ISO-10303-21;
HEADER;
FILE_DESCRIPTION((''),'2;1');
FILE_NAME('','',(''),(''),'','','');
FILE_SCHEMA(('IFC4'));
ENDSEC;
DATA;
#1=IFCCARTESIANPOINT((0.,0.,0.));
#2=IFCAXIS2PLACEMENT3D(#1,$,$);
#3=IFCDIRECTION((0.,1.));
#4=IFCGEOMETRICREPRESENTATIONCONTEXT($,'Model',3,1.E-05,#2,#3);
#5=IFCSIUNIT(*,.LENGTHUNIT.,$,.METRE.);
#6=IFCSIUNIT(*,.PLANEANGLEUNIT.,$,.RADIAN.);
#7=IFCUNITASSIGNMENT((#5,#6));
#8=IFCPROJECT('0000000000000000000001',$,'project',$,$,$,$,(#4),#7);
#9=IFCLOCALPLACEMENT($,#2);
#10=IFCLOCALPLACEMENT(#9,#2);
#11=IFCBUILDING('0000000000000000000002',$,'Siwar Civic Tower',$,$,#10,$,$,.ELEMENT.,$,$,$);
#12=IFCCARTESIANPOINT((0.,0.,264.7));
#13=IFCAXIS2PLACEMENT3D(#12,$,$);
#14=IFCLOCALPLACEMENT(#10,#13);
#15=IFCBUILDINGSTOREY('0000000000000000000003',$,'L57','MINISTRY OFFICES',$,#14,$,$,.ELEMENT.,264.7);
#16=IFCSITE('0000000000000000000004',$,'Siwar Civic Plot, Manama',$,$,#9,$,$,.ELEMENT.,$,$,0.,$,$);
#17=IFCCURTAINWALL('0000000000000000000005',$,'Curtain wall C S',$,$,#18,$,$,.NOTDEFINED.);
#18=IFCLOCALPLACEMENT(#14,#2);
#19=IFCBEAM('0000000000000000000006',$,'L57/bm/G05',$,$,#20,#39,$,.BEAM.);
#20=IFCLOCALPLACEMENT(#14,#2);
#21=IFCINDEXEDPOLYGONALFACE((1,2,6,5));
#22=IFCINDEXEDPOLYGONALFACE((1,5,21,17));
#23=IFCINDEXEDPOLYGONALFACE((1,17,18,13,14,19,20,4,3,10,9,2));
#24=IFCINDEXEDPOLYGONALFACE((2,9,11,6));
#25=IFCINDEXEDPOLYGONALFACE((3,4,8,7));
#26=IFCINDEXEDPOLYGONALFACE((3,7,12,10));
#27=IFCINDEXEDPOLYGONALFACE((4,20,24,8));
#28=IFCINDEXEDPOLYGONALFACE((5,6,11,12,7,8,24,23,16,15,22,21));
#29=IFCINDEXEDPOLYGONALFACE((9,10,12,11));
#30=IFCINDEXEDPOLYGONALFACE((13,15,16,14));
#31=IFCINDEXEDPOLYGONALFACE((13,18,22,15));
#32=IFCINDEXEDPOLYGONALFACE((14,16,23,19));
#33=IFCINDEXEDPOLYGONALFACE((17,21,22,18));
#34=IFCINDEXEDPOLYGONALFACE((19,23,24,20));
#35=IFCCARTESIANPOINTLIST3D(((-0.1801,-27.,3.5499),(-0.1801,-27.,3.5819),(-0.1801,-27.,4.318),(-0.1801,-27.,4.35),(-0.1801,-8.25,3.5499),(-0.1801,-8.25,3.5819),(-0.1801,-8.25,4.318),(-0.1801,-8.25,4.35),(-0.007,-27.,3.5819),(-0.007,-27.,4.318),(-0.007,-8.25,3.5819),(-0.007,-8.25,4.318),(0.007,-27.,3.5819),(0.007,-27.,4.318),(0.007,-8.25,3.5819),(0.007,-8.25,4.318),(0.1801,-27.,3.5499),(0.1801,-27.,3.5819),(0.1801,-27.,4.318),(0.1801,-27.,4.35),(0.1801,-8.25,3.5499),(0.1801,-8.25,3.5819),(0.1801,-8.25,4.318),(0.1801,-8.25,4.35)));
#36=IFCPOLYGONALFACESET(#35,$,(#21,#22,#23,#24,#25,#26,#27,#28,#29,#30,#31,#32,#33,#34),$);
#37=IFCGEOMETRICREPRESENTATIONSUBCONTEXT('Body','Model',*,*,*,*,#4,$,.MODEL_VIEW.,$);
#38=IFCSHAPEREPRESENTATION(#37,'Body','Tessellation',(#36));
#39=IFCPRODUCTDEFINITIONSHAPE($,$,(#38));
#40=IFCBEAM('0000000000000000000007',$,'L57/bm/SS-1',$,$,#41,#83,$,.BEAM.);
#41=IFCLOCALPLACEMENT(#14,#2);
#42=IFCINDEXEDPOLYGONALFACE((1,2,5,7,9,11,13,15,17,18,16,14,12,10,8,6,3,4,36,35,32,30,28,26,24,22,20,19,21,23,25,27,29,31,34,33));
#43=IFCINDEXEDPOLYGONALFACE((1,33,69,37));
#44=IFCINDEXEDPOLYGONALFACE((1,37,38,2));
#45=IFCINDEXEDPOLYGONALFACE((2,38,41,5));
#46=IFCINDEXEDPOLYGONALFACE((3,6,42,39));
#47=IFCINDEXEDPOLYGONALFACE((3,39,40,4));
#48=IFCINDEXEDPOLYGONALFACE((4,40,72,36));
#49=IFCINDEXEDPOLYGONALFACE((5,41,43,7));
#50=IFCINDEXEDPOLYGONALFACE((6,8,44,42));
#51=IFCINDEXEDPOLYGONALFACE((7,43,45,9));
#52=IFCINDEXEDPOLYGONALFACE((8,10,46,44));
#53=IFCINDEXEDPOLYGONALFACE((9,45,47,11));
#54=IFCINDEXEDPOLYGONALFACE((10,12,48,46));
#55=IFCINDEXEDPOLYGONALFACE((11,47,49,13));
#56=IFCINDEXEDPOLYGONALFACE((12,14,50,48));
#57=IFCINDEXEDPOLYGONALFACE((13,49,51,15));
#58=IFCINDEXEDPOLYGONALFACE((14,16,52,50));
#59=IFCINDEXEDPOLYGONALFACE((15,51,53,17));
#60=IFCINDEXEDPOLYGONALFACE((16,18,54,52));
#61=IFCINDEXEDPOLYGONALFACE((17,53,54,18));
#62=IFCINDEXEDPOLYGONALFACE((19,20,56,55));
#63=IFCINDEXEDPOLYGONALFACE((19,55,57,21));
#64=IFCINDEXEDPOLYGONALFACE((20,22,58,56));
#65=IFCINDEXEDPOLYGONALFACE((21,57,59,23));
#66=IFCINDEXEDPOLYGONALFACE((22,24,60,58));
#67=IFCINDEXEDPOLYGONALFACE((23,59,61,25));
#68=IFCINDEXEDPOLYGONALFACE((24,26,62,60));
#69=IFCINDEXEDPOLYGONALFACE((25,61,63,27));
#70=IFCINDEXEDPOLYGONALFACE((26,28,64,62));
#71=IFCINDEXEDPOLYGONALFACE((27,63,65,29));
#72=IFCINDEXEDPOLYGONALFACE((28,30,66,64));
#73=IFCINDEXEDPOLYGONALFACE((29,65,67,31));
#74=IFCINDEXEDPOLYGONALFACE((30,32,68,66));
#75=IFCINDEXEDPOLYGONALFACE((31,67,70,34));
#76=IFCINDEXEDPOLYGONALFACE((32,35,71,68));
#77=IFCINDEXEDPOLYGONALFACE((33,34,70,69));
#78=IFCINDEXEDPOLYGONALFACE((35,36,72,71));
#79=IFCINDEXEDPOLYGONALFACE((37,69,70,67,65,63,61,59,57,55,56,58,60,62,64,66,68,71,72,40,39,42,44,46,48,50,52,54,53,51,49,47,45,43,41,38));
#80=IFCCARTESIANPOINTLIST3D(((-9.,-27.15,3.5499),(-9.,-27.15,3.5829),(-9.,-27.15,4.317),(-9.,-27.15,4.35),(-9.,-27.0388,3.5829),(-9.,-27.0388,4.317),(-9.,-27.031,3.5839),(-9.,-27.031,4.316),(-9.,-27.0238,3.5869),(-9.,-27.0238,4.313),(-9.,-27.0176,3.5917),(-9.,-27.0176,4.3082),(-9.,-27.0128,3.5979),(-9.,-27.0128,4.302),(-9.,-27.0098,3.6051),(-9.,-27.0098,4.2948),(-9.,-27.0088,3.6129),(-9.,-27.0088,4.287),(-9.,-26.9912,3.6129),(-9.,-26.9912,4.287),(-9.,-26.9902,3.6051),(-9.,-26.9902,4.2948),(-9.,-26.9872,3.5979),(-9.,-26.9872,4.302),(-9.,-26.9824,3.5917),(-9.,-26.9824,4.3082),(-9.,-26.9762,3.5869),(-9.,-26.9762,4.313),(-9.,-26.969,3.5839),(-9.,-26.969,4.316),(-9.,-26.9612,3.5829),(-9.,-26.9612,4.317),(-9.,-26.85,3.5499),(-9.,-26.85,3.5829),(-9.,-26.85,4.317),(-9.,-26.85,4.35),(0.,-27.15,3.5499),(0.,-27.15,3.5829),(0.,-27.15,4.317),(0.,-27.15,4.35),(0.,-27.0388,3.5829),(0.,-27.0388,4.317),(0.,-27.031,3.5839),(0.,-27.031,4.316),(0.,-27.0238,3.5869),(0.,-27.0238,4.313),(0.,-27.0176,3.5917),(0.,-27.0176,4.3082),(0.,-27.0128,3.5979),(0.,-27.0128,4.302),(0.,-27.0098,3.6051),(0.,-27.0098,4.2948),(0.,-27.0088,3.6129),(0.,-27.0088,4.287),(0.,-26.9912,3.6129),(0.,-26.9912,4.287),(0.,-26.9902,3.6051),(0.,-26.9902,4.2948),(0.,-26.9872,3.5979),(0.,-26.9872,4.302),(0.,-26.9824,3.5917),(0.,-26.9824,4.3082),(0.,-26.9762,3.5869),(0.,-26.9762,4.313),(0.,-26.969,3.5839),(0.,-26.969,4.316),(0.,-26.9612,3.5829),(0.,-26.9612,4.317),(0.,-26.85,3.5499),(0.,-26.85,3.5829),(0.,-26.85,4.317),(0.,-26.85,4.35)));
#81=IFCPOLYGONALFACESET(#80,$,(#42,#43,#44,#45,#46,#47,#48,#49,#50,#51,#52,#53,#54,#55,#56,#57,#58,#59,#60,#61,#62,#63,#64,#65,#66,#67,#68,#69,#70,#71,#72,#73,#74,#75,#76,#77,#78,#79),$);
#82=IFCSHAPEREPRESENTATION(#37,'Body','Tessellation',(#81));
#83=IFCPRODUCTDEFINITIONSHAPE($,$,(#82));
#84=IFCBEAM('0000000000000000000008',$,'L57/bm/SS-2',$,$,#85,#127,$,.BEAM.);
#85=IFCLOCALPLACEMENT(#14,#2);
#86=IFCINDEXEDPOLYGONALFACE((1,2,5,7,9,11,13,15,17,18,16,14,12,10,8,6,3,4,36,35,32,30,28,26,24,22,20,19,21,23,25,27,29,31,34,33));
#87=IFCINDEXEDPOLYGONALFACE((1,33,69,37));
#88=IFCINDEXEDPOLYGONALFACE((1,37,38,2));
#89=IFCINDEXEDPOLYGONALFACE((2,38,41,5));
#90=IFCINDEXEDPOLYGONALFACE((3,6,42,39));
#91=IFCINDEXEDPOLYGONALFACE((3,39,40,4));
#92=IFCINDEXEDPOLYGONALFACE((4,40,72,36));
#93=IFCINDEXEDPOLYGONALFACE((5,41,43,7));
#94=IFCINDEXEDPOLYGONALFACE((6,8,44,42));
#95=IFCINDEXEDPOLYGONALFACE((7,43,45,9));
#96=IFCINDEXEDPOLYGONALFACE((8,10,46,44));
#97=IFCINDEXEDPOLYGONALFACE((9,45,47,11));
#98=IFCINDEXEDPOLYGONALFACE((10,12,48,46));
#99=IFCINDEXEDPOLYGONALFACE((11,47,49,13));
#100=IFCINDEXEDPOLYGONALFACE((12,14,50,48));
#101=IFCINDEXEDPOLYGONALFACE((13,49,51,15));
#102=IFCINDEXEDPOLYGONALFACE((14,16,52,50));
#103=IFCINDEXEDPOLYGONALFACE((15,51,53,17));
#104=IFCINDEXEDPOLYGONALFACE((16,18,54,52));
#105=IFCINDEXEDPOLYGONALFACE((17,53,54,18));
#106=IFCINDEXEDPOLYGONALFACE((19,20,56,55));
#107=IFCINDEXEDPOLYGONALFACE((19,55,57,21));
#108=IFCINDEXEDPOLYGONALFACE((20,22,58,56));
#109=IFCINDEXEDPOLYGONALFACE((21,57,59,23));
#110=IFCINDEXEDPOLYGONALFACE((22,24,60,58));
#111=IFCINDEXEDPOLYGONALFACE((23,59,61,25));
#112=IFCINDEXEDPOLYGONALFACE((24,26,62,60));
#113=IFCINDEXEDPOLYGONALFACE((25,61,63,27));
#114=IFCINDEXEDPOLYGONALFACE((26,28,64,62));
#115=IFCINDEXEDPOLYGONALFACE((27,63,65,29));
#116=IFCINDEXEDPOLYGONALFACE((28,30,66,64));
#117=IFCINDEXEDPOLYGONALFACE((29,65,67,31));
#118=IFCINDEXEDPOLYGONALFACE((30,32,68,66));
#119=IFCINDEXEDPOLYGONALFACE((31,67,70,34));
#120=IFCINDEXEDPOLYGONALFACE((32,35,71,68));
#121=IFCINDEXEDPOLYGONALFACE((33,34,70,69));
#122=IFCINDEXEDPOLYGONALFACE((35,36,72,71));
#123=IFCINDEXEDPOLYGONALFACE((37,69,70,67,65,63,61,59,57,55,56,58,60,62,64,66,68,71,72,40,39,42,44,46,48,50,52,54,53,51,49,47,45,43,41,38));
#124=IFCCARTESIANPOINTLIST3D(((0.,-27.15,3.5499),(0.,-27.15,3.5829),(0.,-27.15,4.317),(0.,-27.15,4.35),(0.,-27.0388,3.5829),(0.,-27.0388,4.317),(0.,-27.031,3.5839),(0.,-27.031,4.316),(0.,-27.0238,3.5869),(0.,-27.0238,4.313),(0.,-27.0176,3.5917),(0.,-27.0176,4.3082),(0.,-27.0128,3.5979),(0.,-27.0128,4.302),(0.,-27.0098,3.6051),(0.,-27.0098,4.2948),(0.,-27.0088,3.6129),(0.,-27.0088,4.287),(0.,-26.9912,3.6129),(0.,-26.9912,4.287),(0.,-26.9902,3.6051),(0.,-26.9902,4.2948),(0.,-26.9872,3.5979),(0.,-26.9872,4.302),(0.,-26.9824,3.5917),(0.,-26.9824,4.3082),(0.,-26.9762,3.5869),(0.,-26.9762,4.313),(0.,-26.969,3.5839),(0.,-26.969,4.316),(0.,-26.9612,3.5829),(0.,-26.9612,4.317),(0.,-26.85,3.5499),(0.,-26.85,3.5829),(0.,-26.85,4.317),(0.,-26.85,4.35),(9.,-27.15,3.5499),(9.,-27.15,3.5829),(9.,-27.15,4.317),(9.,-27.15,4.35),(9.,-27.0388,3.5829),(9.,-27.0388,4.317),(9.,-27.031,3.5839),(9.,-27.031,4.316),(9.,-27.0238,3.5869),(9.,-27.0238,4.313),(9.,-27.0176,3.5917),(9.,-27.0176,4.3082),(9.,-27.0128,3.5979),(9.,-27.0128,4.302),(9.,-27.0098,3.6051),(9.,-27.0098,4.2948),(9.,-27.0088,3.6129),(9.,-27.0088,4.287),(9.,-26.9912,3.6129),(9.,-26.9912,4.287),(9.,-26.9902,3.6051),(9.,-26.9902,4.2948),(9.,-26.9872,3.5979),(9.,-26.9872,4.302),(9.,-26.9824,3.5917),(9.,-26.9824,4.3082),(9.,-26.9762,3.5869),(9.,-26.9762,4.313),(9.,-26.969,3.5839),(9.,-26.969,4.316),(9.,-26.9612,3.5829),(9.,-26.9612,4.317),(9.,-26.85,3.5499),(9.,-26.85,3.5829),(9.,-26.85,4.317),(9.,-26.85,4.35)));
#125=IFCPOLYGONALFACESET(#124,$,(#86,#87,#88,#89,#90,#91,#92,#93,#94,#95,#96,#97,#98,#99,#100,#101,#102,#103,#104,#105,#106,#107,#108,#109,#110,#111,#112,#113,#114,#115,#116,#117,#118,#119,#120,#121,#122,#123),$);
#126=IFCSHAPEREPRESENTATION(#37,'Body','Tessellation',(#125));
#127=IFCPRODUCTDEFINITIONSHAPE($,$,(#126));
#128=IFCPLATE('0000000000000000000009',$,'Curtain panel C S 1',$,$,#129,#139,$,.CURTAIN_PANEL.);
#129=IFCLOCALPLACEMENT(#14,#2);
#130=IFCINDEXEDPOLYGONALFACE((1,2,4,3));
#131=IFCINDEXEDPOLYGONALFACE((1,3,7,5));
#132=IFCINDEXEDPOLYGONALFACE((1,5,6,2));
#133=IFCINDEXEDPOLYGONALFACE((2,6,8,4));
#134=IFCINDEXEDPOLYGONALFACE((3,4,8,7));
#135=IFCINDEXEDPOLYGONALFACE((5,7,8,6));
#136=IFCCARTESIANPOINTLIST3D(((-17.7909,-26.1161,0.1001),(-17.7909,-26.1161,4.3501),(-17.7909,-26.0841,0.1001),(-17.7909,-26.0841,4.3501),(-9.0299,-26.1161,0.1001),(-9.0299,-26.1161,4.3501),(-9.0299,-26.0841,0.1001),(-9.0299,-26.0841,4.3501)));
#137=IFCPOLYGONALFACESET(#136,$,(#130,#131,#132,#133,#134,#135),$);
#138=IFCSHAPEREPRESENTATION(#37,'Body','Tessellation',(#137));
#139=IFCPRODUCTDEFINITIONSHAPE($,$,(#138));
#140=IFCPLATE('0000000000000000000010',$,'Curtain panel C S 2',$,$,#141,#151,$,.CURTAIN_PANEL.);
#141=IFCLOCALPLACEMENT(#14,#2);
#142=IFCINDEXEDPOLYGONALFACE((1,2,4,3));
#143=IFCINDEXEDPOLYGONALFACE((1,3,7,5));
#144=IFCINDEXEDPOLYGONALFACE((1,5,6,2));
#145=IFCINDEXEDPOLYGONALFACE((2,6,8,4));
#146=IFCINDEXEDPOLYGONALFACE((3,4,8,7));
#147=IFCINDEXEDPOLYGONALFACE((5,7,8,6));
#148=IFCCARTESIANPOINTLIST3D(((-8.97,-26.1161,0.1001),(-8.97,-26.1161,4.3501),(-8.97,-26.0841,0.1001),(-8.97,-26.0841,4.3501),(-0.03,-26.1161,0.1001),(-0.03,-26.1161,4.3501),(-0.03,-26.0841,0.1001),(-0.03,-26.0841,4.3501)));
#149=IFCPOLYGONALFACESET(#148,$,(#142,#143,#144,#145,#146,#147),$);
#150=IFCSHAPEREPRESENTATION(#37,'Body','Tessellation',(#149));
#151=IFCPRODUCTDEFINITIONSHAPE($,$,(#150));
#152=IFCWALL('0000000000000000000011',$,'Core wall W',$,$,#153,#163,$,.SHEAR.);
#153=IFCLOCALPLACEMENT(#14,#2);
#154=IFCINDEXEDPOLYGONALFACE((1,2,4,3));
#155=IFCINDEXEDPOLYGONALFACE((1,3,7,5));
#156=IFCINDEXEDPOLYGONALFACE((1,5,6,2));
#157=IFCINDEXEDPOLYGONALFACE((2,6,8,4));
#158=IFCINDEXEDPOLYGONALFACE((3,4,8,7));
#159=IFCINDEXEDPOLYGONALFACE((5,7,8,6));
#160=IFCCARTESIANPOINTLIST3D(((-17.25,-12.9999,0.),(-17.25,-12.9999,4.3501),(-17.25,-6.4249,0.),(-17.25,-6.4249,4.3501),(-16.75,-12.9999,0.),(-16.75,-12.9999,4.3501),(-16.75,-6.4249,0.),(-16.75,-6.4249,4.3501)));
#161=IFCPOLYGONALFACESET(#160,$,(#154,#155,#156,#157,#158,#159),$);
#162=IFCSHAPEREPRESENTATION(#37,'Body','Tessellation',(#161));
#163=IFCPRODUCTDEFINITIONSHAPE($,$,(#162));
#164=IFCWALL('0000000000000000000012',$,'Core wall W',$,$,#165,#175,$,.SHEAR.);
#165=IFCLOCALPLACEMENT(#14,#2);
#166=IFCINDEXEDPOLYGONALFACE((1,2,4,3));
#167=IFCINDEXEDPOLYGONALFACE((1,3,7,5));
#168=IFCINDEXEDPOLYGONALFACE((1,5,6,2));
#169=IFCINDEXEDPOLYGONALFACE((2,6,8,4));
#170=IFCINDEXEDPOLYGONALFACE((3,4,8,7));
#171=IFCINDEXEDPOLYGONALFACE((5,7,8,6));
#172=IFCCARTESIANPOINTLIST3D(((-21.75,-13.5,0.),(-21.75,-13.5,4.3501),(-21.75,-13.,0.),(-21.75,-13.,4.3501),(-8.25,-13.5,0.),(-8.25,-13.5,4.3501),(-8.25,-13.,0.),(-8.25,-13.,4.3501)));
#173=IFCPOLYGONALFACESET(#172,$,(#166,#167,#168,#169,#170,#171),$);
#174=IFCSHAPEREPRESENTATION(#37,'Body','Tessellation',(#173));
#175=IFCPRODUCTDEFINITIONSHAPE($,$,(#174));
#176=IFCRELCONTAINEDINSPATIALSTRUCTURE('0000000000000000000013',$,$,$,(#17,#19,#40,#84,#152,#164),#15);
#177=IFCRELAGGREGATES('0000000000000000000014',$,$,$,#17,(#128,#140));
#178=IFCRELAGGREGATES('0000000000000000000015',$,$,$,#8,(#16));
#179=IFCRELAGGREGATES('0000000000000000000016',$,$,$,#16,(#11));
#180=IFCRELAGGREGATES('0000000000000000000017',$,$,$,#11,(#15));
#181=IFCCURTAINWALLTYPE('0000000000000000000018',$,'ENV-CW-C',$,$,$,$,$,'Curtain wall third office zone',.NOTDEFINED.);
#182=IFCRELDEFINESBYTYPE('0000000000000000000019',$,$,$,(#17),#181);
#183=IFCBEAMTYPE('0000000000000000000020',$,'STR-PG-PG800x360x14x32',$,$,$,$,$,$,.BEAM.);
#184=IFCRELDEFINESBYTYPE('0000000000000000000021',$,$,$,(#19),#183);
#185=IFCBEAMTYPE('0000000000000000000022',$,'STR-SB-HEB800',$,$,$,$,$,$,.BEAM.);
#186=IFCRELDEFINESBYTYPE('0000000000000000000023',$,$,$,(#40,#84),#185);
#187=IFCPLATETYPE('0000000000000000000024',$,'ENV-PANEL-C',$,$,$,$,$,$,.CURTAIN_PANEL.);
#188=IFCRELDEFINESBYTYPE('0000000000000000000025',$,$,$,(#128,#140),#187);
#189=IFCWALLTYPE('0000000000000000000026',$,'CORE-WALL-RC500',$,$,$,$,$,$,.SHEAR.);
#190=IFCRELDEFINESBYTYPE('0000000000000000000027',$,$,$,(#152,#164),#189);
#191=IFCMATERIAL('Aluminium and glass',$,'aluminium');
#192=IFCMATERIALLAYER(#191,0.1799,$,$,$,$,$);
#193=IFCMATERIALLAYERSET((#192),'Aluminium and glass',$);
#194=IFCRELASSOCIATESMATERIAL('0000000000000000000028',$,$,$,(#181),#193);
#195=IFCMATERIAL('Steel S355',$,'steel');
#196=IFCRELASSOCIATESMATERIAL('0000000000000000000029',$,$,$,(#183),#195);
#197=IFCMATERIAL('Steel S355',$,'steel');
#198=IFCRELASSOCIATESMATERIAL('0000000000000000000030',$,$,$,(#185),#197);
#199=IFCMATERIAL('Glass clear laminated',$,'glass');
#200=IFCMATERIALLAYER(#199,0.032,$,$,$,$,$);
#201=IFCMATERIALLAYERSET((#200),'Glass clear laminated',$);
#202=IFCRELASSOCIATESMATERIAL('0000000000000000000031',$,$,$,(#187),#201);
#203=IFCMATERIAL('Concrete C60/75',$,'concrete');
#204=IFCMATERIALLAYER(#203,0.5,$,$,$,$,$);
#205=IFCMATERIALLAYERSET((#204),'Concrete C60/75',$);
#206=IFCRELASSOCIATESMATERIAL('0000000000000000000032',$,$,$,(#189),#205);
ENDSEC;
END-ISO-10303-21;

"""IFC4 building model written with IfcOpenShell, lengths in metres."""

from ifc_helpers import new_model, si_unit, direction, frame, frame_2d, origin, origin_2d, place, context, subcontext, project, spatial, rectangle, i_section, extrude, material, layer, layer_set, material_profile, profile_set, type_object, element, aggregate, save


model = new_model("IFC4")

# Units and contexts
model_context = context("Model", 3, precision=1e-05, world=origin(), true_north=direction((0.0, 1.0)))
body_context = subcontext(model_context, "Body", "Model", "MODEL_VIEW")
ifc_project = project(units=[si_unit("LENGTHUNIT", "METRE"), si_unit("PLANEANGLEUNIT", "RADIAN")], contexts=[model_context])

# Site, building, storey
site_placement = place(None, origin())
site = spatial("IfcSite", under=ifc_project, at=site_placement, Name="Siwar Civic Plot, Manama", CompositionType="ELEMENT", RefElevation=0.0)
building_placement = place(site_placement, origin())
building = spatial("IfcBuilding", under=site, at=building_placement, Name="Siwar Civic Tower", CompositionType="ELEMENT")
storey_placement = place(building_placement, frame((0.0, 0.0, 264.7)))
storey = spatial("IfcBuildingStorey", under=building, at=storey_placement, Name="L57", Description="MINISTRY OFFICES", CompositionType="ELEMENT", Elevation=264.7)

# Curtain wall
ifc_material_1 = material(Name="Aluminium and glass", Category="aluminium")
ifc_layer_1 = layer(ifc_material_1, 0.1799)
ifc_layer_set_1 = layer_set([ifc_layer_1], Name="Aluminium and glass")
curtain_wall_type = type_object("IfcCurtainWallType", Name="ENV-CW-C", ElementType="Curtain wall third office zone", PredefinedType="NOTDEFINED", material=ifc_layer_set_1)
curtain_wall_placement = place(storey_placement, origin())
curtain_wall = element("IfcCurtainWall", 1, at=curtain_wall_placement, inside=storey, type_object=curtain_wall_type, Name="Curtain wall C S", PredefinedType="NOTDEFINED")

# Beams
ifc_material_2 = material(Name="Steel S355", Category="steel")
ifc_material_profile_1 = material_profile(ifc_material_2, i_section(OverallWidth=0.3601, OverallDepth=0.8, WebThickness=0.0139, FlangeThickness=0.032, at=origin_2d()), Name="PG800x360x14x32")
ifc_profile_set_1 = profile_set([ifc_material_profile_1], Name="Steel S355")
beam_type_1 = type_object("IfcBeamType", Name="STR-PG-PG800x360x14x32", PredefinedType="BEAM", material=ifc_profile_set_1)
beam_1_placement = place(storey_placement, frame((0.0, -27.0, 3.95), z_axis=(0.0, 1.0, 0.0), x_axis=(-1.0, 0.0, 0.0)))
element("IfcBeam", 2, at=beam_1_placement, inside=storey, type_object=beam_type_1, Name="L57/bm/G05", PredefinedType="BEAM", context=body_context, shape_type="SweptSolid", body=[
    extrude(i_section(OverallWidth=0.3601, OverallDepth=0.8, WebThickness=0.0139, FlangeThickness=0.032, at=origin_2d()), origin(), (0.0, 0.0, 1.0), 18.75),
])
ifc_material_3 = material(Name="Steel S355", Category="steel")
ifc_material_profile_2 = material_profile(ifc_material_3, i_section(OverallWidth=0.3, OverallDepth=0.8, WebThickness=0.0176, FlangeThickness=0.033, FilletRadius=0.03, at=origin_2d()), Name="HEB800")
ifc_profile_set_2 = profile_set([ifc_material_profile_2], Name="Steel S355")
beam_type_2 = type_object("IfcBeamType", Name="STR-SB-HEB800", PredefinedType="BEAM", material=ifc_profile_set_2)
for number, where, z_axis, x_axis, name in (
    (3, (-9.0, -27.0, 3.95), (1.0, 0.0, 0.0), (0.0, 1.0, 0.0), "L57/bm/SS-1"),
    (4, (0.0, -27.0, 3.95), (1.0, 0.0, 0.0), (0.0, 1.0, 0.0), "L57/bm/SS-2"),
):
    element("IfcBeam", number, at=place(storey_placement, frame(where, z_axis=z_axis, x_axis=x_axis)), inside=storey, type_object=beam_type_2, Name=name, PredefinedType="BEAM", context=body_context, shape_type="SweptSolid", body=[
        extrude(i_section(OverallWidth=0.3, OverallDepth=0.8, WebThickness=0.0176, FlangeThickness=0.033, FilletRadius=0.03, at=origin_2d()), origin(), (0.0, 0.0, 1.0), 9.0),
    ])

# Plates
ifc_material_4 = material(Name="Glass clear laminated", Category="glass")
ifc_layer_2 = layer(ifc_material_4, 0.032)
ifc_layer_set_2 = layer_set([ifc_layer_2], Name="Glass clear laminated")
plate_type = type_object("IfcPlateType", Name="ENV-PANEL-C", PredefinedType="CURTAIN_PANEL", material=ifc_layer_set_2)
plate_1_placement = place(storey_placement, frame((-13.4104, -26.1001, 0.1001), z_axis=(0.0, 0.0, 1.0), x_axis=(1.0, 0.0, 0.0)))
plate_1 = element("IfcPlate", 5, at=plate_1_placement, type_object=plate_type, Name="Curtain panel C S 1", PredefinedType="CURTAIN_PANEL", context=body_context, shape_type="SweptSolid", body=[
    extrude(rectangle(XDim=8.761, YDim=0.032, at=origin_2d()), origin(), (0.0, 0.0, 1.0), 4.25),
])
plate_2_placement = place(storey_placement, frame((-4.5, -26.1001, 0.1001), z_axis=(0.0, 0.0, 1.0), x_axis=(1.0, 0.0, 0.0)))
plate_2 = element("IfcPlate", 6, at=plate_2_placement, type_object=plate_type, Name="Curtain panel C S 2", PredefinedType="CURTAIN_PANEL", context=body_context, shape_type="SweptSolid", body=[
    extrude(rectangle(XDim=8.9399, YDim=0.032, at=origin_2d()), origin(), (0.0, 0.0, 1.0), 4.25),
])
aggregate(curtain_wall, [plate_1, plate_2])

# Walls
ifc_material_5 = material(Name="Concrete C60/75", Category="concrete")
ifc_layer_3 = layer(ifc_material_5, 0.5)
ifc_layer_set_3 = layer_set([ifc_layer_3], Name="Concrete C60/75")
wall_type_1 = type_object("IfcWallType", Name="CORE-WALL-RC500", PredefinedType="SHEAR", material=ifc_layer_set_3)
wall_1_placement = place(storey_placement, frame((-17.0, -13.0, 0.0), z_axis=(0.0, 0.0, 1.0), x_axis=(0.0, 1.0, 0.0)))
element("IfcWall", 7, at=wall_1_placement, inside=storey, type_object=wall_type_1, Name="Core wall W", PredefinedType="SHEAR", context=body_context, shape_type="SweptSolid", body=[
    extrude(rectangle(XDim=6.575, YDim=0.5, at=frame_2d((3.2876, 0.0))), origin(), (0.0, 0.0, 1.0), 4.3501),
])
wall_2_placement = place(storey_placement, frame((-8.25, -13.25, 0.0), z_axis=(0.0, 0.0, 1.0), x_axis=(-1.0, 0.0, 0.0)))
element("IfcWall", 8, at=wall_2_placement, inside=storey, type_object=wall_type_1, Name="Core wall W", PredefinedType="SHEAR", context=body_context, shape_type="SweptSolid", body=[
    extrude(rectangle(XDim=13.5, YDim=0.5, at=frame_2d((6.75, 0.0))), origin(), (0.0, 0.0, 1.0), 4.3501),
])

save(model, "model.ifc")
